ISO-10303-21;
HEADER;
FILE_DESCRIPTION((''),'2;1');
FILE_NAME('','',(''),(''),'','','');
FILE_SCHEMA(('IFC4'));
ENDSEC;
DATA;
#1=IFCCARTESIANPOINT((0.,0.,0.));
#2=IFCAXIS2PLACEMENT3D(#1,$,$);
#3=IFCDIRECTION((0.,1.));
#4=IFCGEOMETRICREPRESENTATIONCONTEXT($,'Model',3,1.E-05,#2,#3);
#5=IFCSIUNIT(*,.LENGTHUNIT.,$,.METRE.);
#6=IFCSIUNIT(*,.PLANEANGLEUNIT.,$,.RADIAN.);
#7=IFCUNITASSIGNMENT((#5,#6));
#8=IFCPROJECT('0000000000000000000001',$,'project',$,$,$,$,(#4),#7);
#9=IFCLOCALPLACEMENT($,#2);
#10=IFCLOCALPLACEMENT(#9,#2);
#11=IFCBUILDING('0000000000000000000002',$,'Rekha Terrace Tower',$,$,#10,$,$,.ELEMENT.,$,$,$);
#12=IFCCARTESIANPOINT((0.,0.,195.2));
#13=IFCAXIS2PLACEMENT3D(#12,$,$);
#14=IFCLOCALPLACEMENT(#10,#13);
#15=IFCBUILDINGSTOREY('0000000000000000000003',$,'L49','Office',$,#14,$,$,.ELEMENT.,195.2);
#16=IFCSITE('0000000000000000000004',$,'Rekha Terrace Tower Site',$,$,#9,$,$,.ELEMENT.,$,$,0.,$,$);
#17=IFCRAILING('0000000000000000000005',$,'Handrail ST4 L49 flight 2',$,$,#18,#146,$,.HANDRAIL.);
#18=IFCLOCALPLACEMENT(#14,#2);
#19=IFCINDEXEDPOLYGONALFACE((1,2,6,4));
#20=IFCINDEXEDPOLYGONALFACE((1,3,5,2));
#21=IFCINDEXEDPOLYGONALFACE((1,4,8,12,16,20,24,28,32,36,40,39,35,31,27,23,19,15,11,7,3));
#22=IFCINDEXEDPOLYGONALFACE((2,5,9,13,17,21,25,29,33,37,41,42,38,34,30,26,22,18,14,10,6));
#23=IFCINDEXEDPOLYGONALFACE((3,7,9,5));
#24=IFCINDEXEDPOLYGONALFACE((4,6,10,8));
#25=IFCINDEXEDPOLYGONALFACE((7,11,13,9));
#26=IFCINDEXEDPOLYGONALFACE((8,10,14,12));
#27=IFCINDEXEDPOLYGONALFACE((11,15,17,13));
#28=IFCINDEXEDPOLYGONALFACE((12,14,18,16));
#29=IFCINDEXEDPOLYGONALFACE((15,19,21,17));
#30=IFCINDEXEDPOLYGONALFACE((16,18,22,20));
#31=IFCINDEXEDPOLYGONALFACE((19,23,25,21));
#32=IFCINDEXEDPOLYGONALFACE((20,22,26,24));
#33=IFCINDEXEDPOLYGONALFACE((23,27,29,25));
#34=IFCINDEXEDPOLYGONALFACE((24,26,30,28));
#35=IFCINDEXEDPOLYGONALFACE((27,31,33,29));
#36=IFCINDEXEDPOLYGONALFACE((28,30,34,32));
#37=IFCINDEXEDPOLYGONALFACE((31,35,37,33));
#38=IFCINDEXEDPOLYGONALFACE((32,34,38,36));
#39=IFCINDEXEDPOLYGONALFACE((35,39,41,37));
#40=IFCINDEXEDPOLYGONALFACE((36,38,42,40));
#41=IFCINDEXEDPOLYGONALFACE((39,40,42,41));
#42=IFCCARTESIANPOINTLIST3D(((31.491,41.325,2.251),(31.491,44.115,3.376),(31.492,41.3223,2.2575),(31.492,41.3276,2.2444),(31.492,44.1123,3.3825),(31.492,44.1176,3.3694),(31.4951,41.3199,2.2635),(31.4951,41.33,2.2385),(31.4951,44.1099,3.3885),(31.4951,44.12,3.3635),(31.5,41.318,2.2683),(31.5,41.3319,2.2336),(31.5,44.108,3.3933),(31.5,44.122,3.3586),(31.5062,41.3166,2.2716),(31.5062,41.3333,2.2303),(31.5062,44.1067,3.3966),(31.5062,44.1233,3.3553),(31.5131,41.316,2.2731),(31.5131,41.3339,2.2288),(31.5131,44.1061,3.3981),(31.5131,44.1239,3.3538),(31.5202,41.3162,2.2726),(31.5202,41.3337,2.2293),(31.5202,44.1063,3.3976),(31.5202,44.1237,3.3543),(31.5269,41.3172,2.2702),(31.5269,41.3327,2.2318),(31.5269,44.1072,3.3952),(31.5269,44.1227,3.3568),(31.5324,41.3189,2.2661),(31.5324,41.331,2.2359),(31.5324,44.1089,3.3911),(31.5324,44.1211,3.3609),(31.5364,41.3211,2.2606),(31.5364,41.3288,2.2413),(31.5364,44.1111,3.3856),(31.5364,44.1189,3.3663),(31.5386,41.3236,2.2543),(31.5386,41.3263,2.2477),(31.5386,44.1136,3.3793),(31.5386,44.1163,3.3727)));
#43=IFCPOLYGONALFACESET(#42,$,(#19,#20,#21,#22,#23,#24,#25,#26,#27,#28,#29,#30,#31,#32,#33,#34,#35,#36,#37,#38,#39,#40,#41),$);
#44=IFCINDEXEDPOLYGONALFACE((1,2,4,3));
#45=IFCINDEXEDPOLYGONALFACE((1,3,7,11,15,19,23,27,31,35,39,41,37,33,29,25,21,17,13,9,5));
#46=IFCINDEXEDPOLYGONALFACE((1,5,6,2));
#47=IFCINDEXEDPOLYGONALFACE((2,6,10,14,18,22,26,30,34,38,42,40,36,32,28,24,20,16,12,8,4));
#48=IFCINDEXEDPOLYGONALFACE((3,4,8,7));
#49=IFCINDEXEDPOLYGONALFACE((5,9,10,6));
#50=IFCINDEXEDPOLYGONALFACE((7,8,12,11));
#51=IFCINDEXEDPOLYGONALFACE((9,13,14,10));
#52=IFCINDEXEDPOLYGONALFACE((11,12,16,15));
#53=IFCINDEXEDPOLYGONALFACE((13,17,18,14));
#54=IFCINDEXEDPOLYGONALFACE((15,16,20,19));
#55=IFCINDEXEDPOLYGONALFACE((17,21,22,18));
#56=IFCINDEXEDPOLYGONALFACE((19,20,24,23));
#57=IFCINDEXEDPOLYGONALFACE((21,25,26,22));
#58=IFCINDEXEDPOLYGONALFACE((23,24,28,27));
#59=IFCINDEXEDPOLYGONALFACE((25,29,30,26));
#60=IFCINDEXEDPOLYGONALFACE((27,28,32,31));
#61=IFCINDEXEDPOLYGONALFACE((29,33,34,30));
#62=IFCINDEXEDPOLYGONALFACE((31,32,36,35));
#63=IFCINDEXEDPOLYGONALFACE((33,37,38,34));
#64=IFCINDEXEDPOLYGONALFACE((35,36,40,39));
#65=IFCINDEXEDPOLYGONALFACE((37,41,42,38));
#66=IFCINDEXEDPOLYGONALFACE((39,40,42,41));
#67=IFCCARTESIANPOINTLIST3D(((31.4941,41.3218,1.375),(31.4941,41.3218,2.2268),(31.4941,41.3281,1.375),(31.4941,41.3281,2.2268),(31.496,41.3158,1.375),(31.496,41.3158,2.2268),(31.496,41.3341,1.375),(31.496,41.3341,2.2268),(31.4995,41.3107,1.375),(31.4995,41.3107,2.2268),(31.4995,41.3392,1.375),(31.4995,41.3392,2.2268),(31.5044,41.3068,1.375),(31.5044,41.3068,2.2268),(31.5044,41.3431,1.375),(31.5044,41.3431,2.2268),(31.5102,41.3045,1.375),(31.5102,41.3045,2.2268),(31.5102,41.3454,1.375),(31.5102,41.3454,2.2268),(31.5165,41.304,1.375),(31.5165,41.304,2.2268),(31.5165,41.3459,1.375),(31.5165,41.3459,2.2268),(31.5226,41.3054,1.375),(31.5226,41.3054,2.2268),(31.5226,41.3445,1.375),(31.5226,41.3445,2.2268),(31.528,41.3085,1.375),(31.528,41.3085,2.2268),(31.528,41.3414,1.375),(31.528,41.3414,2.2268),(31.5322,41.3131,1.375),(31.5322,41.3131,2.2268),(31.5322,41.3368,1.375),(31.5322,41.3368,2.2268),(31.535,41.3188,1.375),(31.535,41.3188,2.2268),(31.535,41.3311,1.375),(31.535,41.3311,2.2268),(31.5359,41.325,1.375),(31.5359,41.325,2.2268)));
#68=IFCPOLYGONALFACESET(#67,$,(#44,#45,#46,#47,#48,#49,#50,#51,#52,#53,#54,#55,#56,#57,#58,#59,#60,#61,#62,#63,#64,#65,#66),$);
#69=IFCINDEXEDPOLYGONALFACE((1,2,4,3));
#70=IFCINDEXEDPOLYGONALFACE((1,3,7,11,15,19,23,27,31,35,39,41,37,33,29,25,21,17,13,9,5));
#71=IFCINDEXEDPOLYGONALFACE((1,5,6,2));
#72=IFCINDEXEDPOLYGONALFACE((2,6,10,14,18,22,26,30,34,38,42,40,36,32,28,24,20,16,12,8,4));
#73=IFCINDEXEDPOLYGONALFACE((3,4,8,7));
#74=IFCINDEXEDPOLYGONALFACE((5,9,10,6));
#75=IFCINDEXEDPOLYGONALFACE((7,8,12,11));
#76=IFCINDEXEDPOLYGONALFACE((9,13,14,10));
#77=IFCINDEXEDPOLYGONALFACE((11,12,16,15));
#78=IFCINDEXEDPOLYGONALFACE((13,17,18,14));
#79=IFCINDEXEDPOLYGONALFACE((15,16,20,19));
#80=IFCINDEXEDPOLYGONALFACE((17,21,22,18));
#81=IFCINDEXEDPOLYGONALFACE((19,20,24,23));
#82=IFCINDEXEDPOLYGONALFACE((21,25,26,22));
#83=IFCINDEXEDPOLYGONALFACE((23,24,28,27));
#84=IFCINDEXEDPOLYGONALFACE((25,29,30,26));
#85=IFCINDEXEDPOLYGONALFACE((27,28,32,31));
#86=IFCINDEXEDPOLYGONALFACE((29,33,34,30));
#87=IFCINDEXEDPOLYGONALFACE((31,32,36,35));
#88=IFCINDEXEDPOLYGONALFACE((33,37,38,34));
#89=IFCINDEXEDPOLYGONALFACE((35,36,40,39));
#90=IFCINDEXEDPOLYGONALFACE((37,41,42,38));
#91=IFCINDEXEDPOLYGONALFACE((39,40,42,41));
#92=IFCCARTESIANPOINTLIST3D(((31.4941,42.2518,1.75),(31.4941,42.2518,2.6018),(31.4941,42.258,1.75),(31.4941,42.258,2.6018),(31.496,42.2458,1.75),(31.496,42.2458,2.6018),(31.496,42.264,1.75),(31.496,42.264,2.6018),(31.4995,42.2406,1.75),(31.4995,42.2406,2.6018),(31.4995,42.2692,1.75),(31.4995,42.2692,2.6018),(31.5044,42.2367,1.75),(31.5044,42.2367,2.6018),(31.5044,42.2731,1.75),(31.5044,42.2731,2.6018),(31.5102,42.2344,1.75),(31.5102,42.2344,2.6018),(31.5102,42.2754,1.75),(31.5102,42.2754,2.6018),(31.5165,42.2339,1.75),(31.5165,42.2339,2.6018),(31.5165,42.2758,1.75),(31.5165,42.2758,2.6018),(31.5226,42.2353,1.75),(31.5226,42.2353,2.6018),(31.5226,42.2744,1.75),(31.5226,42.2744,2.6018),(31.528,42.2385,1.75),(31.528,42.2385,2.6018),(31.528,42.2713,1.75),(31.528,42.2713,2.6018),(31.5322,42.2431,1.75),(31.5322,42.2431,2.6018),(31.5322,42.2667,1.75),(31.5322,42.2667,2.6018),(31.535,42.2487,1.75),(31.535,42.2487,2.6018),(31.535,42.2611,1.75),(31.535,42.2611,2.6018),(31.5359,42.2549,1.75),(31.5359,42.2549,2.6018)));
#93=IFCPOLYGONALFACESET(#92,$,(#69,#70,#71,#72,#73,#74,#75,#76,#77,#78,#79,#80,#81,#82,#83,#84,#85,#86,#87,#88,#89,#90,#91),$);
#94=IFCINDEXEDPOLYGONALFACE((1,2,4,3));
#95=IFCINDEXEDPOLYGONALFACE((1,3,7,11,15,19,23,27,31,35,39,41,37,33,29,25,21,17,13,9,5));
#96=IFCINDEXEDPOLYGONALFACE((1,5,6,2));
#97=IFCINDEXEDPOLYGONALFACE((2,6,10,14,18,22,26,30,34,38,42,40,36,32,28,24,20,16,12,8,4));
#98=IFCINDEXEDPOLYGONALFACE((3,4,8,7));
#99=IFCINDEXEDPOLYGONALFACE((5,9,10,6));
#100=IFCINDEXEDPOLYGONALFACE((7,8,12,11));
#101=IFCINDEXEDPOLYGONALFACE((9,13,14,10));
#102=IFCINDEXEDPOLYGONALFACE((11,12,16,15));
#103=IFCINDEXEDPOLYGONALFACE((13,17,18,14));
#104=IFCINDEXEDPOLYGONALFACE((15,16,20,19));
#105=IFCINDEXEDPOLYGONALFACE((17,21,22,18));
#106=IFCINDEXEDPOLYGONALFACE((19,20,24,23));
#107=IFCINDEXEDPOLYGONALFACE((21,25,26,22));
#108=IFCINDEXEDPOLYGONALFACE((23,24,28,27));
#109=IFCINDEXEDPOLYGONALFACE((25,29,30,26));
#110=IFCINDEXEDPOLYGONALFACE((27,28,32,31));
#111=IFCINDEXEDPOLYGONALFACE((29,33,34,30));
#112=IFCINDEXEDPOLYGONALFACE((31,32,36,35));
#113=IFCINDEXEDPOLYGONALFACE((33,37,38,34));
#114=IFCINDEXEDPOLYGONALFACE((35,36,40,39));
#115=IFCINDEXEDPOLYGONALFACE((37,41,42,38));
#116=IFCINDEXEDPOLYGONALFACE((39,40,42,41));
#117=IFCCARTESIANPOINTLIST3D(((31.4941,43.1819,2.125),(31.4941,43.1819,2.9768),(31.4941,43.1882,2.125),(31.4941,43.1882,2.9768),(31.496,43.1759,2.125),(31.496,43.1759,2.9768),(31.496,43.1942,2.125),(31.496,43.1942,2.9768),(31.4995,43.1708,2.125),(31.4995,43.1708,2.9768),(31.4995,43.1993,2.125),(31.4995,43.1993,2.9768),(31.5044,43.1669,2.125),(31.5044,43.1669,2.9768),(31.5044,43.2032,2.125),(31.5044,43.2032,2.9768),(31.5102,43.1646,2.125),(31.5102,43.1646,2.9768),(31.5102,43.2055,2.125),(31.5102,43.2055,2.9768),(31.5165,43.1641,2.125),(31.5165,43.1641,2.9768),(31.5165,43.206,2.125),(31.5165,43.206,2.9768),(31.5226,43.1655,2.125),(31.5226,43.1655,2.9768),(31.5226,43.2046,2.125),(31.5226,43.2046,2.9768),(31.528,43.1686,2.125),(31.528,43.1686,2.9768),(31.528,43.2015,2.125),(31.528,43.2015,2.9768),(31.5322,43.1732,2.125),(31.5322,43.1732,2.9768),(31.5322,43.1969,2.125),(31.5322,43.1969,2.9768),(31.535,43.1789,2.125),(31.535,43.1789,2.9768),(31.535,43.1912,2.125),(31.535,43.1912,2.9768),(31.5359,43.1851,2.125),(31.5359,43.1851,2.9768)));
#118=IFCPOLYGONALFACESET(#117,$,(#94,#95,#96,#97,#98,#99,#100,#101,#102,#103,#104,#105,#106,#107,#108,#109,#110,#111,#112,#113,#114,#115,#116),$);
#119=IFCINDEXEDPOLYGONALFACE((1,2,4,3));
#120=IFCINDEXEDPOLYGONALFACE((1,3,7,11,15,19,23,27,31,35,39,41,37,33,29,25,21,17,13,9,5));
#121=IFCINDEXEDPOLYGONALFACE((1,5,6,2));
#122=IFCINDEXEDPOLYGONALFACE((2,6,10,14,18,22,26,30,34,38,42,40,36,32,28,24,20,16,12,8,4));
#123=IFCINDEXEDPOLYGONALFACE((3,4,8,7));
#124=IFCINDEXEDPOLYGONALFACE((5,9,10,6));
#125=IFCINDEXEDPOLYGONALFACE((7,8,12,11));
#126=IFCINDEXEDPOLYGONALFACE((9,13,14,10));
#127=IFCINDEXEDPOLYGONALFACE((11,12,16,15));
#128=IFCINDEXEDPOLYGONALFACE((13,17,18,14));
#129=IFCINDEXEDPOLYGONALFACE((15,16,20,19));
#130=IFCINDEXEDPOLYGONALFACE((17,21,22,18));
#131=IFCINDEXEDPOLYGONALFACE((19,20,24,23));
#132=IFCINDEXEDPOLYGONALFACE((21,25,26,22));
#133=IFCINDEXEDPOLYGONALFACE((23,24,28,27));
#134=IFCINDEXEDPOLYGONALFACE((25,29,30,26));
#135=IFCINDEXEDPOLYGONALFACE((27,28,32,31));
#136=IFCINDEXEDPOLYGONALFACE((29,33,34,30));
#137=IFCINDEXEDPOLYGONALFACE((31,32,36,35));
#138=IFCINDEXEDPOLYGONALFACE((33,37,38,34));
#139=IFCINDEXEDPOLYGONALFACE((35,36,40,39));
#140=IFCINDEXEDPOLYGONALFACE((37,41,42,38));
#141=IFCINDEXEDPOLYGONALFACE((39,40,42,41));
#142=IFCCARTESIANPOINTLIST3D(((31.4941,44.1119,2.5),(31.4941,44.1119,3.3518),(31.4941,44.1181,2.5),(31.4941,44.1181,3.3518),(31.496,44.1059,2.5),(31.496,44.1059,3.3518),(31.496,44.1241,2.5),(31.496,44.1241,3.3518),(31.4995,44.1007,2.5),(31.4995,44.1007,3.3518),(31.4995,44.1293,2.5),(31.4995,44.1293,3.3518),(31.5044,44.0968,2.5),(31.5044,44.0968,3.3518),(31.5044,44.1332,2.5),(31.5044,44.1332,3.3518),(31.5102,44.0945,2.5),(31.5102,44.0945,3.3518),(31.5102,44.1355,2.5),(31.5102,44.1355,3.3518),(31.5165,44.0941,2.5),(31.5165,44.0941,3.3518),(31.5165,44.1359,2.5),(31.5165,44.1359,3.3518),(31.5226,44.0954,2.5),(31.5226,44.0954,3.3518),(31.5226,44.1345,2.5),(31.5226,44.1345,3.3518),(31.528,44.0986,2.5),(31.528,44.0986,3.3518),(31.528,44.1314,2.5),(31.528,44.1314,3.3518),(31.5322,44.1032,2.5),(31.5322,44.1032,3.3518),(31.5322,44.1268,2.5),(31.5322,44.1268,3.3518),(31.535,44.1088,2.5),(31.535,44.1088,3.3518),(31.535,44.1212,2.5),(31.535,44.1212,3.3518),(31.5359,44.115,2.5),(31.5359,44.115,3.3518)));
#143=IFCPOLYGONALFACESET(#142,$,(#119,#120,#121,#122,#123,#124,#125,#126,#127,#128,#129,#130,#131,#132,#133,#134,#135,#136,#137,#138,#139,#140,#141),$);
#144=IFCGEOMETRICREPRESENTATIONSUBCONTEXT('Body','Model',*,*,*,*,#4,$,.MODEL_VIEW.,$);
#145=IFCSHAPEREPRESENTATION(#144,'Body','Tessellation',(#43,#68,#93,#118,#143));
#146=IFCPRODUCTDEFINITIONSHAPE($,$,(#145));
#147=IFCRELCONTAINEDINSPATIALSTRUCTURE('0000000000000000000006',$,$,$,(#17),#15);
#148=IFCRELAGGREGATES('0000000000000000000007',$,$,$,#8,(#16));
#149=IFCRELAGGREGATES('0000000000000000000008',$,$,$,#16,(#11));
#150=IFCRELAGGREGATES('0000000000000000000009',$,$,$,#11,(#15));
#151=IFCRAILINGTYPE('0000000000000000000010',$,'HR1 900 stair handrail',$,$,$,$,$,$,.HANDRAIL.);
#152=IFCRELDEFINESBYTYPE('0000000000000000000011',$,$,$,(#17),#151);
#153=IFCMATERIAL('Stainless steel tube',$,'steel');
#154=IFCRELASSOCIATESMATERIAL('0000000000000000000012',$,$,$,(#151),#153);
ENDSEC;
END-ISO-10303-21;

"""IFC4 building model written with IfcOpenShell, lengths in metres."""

from ifc_helpers import new_model, si_unit, direction, frame, origin, origin_2d, place, context, subcontext, project, spatial, circle, extrude, material, type_object, element, save


model = new_model("IFC4")

# Units and contexts
model_context = context("Model", 3, precision=1e-05, world=origin(), true_north=direction((0.0, 1.0)))
body_context = subcontext(model_context, "Body", "Model", "MODEL_VIEW")
ifc_project = project(units=[si_unit("LENGTHUNIT", "METRE"), si_unit("PLANEANGLEUNIT", "RADIAN")], contexts=[model_context])

# Site, building, storey
site_placement = place(None, origin())
site = spatial("IfcSite", under=ifc_project, at=site_placement, Name="Rekha Terrace Tower Site", CompositionType="ELEMENT", RefElevation=0.0)
building_placement = place(site_placement, origin())
building = spatial("IfcBuilding", under=site, at=building_placement, Name="Rekha Terrace Tower", CompositionType="ELEMENT")
storey_placement = place(building_placement, frame((0.0, 0.0, 195.2)))
storey = spatial("IfcBuildingStorey", under=building, at=storey_placement, Name="L49", Description="Office", CompositionType="ELEMENT", Elevation=195.2)

# Railing
ifc_material_1 = material(Name="Stainless steel tube", Category="steel")
railing_type_1 = type_object("IfcRailingType", Name="HR1 900 stair handrail", PredefinedType="HANDRAIL", material=ifc_material_1)
railing_1_placement = place(storey_placement, frame((31.5149, 41.325, 1.375)))
element("IfcRailing", 1, at=railing_1_placement, inside=storey, type_object=railing_type_1, Name="Handrail ST4 L49 flight 2", PredefinedType="HANDRAIL", context=body_context, shape_type="SweptSolid", body=[
    extrude(circle(Radius=0.0239, at=origin_2d()), frame((0.0, 0.0, 0.876), z_axis=(0.0, 0.927443, 0.373964), x_axis=(-1.0, 0.0, 0.0)), (0.0, 0.0, 1.0), 3.0083),
    extrude(circle(Radius=0.021, at=origin_2d()), origin(), (0.0, 0.0, 1.0), 0.8518),
    extrude(circle(Radius=0.021, at=origin_2d()), frame((0.0, 0.9299, 0.375)), (0.0, 0.0, 1.0), 0.8518),
    extrude(circle(Radius=0.021, at=origin_2d()), frame((0.0, 1.8601, 0.75)), (0.0, 0.0, 1.0), 0.8518),
    extrude(circle(Radius=0.021, at=origin_2d()), frame((0.0, 2.79, 1.125)), (0.0, 0.0, 1.0), 0.8518),
])

save(model, "model.ifc")
